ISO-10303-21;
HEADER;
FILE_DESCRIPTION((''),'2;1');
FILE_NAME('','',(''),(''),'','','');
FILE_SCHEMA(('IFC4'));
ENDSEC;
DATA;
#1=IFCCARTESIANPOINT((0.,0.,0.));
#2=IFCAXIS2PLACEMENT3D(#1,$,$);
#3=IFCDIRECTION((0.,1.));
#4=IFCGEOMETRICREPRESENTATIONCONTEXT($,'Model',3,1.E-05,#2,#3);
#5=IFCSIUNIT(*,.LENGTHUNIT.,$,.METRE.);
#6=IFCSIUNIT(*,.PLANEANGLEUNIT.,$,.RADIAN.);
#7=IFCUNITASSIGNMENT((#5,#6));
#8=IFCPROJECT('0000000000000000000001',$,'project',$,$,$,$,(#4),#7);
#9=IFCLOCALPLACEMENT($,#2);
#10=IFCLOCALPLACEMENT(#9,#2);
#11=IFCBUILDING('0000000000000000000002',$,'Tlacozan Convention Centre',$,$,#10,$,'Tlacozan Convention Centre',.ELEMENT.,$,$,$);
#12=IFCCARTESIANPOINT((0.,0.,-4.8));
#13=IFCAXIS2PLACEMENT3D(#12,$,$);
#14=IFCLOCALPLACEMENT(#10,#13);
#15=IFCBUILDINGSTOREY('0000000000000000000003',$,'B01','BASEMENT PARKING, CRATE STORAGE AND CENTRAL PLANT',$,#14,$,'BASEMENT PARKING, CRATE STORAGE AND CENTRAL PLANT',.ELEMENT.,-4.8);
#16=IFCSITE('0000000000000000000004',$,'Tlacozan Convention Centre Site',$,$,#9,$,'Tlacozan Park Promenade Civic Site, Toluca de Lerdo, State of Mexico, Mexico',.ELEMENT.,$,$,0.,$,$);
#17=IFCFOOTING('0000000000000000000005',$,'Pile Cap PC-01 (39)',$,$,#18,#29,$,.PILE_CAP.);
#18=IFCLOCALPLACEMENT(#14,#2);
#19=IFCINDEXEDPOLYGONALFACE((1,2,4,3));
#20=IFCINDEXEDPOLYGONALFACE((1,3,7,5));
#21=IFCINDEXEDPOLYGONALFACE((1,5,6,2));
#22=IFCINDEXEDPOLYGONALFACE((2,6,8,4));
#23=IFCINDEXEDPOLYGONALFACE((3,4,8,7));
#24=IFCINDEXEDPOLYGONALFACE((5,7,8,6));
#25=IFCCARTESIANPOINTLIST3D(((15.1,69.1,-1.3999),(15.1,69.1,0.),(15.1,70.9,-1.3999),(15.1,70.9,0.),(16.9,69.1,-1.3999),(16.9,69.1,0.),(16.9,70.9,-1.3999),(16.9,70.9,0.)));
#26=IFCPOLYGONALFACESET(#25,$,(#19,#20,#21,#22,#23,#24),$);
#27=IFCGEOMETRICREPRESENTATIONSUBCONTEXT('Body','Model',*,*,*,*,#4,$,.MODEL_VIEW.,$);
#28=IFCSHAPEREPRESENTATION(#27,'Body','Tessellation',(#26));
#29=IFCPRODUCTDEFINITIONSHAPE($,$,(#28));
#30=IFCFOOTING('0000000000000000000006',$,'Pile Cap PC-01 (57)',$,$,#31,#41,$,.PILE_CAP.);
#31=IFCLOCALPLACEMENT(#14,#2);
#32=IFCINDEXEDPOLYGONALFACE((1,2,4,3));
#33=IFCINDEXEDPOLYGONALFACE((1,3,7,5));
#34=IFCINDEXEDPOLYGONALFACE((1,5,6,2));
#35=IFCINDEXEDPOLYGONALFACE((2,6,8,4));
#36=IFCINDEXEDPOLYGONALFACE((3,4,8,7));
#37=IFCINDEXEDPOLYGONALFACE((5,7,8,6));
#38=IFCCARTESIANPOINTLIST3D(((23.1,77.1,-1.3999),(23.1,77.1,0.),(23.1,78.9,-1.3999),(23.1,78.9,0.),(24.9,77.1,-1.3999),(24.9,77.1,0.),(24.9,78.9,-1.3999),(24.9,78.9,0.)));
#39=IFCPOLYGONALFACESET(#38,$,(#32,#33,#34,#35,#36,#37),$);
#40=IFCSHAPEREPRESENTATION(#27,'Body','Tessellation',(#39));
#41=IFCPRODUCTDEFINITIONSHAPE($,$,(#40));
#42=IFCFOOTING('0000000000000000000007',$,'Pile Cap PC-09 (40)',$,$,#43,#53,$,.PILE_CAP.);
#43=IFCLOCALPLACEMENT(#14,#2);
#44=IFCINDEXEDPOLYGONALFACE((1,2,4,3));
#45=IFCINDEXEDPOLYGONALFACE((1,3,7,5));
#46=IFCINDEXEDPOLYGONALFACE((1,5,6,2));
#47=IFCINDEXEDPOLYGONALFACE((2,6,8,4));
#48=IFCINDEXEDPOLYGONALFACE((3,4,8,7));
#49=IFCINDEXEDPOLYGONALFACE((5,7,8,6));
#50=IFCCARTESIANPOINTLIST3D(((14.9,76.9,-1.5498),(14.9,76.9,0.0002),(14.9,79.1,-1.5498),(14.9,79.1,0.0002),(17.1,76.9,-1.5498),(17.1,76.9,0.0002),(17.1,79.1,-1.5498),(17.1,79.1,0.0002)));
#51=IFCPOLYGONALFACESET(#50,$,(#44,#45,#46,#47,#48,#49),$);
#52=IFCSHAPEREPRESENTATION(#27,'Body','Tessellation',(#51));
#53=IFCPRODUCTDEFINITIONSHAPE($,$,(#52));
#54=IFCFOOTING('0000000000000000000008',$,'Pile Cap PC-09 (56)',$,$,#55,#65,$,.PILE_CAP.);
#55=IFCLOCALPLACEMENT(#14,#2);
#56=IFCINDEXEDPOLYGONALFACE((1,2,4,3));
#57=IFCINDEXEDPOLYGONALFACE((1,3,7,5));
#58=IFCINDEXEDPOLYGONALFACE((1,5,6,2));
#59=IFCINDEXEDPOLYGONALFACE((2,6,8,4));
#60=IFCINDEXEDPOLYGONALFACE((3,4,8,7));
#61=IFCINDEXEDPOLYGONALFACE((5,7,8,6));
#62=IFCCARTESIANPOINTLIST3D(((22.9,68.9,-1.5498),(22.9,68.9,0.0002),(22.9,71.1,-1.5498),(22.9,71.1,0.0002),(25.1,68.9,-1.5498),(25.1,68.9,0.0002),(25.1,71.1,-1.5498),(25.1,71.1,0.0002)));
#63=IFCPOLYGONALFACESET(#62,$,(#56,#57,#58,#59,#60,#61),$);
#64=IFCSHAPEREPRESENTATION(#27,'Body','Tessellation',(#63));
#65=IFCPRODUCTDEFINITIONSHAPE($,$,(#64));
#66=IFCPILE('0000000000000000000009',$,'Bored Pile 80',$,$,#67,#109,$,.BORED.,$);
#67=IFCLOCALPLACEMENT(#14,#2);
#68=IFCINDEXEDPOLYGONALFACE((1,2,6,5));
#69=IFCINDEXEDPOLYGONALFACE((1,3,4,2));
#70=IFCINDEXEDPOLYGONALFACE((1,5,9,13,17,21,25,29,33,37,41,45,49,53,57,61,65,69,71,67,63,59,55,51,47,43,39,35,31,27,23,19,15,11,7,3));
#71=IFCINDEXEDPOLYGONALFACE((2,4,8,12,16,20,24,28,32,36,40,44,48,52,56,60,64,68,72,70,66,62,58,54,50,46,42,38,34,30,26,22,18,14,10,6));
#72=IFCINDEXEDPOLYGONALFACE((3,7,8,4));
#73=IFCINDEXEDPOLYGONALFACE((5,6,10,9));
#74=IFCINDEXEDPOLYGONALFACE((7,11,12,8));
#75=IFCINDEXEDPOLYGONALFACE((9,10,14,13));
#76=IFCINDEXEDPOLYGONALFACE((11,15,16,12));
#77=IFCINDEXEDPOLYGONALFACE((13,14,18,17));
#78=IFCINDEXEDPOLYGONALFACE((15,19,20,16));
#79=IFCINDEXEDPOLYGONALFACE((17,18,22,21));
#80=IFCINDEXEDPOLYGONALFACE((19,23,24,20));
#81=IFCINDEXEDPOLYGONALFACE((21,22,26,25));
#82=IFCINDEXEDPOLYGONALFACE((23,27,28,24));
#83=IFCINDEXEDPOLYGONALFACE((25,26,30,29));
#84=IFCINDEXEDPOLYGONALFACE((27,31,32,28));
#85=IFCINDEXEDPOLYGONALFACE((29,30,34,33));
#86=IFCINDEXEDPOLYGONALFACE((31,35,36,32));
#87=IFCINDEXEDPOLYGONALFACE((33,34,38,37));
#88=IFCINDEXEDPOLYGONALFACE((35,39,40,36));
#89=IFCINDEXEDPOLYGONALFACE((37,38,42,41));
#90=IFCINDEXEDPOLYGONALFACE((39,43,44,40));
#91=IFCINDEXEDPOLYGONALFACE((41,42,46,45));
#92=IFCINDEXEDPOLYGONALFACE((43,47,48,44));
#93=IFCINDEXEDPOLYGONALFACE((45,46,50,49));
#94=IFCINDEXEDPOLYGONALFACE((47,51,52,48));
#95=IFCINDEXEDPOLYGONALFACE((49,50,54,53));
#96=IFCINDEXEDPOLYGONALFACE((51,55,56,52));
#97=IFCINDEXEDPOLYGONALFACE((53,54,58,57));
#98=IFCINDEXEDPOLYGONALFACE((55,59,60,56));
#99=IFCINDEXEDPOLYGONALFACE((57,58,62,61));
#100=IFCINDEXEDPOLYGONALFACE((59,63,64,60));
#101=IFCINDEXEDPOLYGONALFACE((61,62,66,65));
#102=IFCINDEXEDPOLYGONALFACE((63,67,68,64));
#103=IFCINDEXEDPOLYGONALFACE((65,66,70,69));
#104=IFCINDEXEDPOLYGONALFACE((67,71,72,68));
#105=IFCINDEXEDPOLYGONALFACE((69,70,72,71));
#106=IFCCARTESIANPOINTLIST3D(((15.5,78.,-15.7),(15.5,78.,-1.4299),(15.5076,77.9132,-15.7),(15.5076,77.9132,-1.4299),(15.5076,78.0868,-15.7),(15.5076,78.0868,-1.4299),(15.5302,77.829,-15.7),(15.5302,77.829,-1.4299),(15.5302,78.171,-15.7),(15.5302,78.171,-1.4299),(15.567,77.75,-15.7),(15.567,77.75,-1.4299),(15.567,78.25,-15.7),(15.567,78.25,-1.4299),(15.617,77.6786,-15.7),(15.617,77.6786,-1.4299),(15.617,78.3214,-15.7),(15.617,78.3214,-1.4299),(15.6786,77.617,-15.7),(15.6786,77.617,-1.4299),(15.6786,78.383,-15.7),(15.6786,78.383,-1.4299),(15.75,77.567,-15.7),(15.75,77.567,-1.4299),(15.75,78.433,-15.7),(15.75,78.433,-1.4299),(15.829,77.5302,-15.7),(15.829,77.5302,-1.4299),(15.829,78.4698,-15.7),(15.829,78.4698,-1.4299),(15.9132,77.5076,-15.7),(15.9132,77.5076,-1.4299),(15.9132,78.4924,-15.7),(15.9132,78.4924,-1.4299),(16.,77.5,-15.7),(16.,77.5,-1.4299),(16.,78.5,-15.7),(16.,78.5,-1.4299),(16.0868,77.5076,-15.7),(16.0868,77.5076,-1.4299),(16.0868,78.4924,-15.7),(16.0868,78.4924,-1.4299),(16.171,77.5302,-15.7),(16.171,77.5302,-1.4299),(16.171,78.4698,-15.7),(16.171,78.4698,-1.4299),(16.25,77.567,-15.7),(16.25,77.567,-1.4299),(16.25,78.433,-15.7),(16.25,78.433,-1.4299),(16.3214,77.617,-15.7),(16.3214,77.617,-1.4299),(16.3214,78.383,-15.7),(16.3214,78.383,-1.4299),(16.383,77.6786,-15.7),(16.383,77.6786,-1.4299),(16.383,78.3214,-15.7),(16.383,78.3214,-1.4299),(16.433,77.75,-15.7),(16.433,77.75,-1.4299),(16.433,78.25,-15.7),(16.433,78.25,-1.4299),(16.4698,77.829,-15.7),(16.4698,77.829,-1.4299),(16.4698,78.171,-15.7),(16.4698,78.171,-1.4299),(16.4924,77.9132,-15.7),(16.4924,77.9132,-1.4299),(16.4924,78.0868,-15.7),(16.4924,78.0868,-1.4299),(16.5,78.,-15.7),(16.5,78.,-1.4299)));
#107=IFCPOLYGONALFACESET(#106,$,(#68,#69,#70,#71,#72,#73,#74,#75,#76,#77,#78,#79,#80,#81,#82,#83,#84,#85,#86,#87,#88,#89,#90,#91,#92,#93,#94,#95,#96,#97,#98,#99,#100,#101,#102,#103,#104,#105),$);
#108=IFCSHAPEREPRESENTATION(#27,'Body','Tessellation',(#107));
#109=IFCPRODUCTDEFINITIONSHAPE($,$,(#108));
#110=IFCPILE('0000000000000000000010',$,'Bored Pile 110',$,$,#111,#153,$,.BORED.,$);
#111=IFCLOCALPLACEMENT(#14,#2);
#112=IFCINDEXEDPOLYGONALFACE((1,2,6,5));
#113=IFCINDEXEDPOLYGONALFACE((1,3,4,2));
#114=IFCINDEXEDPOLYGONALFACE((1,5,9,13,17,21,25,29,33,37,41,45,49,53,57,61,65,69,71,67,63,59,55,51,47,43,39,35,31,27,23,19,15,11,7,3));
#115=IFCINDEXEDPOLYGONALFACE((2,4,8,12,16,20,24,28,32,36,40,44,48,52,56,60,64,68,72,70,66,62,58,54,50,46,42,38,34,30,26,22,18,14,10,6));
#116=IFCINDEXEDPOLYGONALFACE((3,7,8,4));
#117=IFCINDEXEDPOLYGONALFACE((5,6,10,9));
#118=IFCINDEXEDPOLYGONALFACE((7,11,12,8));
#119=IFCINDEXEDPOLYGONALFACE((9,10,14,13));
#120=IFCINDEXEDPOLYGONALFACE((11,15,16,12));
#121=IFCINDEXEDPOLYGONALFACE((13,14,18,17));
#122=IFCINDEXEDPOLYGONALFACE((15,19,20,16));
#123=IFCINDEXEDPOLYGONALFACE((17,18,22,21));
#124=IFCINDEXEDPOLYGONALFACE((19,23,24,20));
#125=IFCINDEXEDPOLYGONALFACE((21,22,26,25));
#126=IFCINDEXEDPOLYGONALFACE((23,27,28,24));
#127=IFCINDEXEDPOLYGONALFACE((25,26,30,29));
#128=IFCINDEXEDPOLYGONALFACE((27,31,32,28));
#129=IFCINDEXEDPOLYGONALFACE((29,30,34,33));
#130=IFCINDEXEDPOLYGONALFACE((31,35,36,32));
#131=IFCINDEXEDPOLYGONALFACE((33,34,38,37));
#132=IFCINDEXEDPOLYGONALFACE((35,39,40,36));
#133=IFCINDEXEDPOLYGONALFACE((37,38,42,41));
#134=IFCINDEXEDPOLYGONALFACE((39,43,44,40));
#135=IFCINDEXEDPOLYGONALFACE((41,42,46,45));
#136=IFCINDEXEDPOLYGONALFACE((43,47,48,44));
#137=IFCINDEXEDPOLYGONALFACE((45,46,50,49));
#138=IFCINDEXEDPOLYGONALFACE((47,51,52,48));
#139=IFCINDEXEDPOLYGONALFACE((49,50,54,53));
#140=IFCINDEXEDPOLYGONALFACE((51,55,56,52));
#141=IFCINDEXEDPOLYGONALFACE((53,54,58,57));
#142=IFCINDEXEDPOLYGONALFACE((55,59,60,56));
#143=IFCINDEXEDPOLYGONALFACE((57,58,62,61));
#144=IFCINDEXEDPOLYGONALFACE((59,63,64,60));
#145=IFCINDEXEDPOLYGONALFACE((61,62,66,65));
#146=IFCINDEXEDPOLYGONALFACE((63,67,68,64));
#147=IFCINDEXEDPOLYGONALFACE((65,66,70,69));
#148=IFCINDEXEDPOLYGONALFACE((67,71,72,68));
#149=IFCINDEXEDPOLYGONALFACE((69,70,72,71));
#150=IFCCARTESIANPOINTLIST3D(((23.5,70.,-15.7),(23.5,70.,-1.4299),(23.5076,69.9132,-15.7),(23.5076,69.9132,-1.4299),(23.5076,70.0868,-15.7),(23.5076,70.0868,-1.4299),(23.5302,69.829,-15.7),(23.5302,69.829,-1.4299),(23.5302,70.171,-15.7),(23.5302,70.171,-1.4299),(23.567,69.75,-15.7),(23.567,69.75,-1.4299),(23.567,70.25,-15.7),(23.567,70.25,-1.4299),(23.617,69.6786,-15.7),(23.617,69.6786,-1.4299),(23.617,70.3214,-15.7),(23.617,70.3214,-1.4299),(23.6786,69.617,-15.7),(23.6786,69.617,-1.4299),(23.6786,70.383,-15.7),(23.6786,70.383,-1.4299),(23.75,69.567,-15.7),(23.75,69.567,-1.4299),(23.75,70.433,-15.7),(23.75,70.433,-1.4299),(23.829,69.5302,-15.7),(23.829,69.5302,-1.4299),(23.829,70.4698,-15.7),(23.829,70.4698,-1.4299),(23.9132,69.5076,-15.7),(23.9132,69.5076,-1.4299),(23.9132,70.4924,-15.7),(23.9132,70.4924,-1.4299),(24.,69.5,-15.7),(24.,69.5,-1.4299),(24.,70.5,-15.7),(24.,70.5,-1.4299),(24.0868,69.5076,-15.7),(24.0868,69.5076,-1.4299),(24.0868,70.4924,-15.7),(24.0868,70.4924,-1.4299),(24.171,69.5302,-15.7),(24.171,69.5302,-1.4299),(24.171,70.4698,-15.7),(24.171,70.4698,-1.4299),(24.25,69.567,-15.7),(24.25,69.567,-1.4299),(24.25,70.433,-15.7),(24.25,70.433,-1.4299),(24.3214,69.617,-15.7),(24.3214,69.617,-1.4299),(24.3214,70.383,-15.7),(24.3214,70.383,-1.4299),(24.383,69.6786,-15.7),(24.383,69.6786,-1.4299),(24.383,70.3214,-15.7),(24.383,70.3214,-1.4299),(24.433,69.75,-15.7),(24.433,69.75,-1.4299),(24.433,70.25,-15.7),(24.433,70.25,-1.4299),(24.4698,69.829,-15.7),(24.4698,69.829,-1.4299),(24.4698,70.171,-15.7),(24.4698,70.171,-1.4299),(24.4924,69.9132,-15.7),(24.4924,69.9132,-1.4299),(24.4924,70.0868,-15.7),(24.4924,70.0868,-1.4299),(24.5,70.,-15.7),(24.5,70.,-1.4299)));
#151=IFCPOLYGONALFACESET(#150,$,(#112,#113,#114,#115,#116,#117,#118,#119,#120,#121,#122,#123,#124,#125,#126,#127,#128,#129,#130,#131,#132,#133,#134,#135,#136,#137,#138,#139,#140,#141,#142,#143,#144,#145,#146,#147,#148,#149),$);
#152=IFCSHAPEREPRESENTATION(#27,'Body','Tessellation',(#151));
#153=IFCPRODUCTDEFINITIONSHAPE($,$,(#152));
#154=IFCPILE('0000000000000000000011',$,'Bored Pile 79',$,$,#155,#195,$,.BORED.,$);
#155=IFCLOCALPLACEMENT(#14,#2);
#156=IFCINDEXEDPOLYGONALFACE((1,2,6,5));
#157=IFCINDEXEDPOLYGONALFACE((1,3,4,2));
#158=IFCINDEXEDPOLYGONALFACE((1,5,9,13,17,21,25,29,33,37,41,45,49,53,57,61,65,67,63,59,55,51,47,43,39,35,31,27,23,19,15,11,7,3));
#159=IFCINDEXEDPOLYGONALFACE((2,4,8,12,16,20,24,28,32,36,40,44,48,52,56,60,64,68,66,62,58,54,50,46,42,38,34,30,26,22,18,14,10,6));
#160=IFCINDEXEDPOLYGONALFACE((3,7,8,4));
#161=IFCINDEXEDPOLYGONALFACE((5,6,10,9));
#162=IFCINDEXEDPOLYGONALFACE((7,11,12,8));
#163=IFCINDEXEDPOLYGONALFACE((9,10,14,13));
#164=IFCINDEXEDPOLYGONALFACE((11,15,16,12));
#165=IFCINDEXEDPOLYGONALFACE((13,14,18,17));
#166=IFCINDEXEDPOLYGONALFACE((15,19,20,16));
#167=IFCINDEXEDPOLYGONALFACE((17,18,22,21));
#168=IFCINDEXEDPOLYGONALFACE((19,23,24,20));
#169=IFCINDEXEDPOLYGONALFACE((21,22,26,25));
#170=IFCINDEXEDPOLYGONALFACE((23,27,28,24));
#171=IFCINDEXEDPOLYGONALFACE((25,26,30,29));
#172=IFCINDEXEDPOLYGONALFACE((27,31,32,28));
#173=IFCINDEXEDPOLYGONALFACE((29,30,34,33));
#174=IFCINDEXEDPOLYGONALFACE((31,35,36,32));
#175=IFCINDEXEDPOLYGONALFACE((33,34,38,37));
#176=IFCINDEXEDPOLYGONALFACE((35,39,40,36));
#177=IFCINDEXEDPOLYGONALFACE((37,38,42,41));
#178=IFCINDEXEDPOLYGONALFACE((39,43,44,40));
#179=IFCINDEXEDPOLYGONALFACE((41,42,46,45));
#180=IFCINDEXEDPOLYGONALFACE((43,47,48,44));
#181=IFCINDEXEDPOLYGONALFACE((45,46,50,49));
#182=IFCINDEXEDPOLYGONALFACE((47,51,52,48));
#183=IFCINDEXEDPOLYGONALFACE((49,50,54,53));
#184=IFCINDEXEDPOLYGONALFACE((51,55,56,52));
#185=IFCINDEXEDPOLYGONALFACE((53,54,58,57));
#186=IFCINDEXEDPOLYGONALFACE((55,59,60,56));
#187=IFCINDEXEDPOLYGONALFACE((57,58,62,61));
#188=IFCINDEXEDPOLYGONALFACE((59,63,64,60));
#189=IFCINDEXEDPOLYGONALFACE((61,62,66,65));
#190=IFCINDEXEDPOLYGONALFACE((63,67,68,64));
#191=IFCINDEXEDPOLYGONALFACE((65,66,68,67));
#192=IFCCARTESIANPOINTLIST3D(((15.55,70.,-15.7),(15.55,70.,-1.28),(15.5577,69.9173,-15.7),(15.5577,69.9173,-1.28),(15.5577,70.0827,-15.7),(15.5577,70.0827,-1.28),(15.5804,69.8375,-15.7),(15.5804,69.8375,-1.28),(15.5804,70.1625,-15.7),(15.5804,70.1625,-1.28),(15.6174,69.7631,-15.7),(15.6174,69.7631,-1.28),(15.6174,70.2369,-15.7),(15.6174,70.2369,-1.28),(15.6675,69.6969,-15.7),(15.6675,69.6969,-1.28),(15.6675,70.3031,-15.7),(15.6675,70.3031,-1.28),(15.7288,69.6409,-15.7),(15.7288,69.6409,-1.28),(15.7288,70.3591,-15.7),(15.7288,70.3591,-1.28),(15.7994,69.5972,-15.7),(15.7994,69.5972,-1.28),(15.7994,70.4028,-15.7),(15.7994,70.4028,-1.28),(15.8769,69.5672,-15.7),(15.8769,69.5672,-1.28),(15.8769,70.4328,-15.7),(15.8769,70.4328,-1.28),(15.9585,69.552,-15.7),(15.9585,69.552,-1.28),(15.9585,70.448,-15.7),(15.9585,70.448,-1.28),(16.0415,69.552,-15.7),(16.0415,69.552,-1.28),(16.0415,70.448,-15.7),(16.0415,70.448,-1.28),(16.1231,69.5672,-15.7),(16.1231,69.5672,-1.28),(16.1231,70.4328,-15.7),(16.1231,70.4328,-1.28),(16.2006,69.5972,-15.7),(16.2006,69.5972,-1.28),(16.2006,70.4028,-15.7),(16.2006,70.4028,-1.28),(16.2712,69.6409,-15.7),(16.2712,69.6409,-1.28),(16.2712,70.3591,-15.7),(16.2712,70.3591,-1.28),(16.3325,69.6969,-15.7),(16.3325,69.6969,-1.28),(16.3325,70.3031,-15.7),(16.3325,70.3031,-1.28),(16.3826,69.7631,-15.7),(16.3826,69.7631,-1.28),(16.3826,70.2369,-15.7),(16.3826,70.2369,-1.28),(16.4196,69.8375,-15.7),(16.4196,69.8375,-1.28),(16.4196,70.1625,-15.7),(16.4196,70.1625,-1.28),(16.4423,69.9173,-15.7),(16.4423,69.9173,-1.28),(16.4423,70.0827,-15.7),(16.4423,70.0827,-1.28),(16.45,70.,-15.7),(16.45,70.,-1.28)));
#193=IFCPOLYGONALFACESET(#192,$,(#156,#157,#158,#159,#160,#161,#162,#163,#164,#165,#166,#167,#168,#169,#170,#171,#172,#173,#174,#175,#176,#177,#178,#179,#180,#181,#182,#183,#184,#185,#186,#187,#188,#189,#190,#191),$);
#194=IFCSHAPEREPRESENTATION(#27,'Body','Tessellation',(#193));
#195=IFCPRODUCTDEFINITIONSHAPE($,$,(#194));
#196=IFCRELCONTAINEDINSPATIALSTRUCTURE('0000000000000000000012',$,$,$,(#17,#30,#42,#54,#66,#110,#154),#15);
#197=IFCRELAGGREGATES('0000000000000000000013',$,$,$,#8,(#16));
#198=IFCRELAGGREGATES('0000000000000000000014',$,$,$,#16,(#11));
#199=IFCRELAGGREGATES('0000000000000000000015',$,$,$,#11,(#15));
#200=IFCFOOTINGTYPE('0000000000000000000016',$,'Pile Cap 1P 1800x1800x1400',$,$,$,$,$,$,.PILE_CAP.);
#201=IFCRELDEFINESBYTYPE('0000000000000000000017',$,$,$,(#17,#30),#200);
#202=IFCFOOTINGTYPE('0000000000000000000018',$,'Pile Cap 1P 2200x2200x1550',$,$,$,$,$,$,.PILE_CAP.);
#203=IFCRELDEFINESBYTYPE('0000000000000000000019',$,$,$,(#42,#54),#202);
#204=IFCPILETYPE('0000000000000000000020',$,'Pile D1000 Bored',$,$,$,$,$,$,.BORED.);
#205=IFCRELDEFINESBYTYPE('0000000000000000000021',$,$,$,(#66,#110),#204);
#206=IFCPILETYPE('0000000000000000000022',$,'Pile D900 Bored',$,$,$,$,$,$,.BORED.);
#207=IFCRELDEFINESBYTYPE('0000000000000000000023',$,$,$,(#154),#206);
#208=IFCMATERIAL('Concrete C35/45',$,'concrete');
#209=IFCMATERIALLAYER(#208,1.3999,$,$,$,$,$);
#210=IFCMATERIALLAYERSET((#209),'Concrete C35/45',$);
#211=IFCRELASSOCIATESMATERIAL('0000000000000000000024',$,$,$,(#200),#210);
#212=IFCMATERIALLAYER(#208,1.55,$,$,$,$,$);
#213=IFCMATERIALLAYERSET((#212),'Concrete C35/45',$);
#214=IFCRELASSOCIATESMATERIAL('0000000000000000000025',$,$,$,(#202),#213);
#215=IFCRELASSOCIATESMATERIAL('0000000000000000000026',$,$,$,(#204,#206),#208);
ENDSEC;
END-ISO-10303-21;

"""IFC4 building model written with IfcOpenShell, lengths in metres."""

from ifc_helpers import new_model, si_unit, direction, frame, origin, origin_2d, place, context, subcontext, project, spatial, rectangle, circle, extrude, material, layer, layer_set, material_profile, profile_set, type_object, element, save


model = new_model("IFC4")

# Units and contexts
model_context = context("Model", 3, precision=1e-05, world=origin(), true_north=direction((0.0, 1.0)))
body_context = subcontext(model_context, "Body", "Model", "MODEL_VIEW")
ifc_project = project(units=[si_unit("LENGTHUNIT", "METRE"), si_unit("PLANEANGLEUNIT", "RADIAN")], contexts=[model_context])

# Site, building, storey
site_placement = place(None, origin())
site = spatial("IfcSite", under=ifc_project, at=site_placement, Name="Tlacozan Convention Centre Site", LongName="Tlacozan Park Promenade Civic Site, Toluca de Lerdo, State of Mexico, Mexico", CompositionType="ELEMENT", RefElevation=0.0)
building_placement = place(site_placement, origin())
building = spatial("IfcBuilding", under=site, at=building_placement, Name="Tlacozan Convention Centre", LongName="Tlacozan Convention Centre", CompositionType="ELEMENT")
storey_placement = place(building_placement, frame((0.0, 0.0, -4.8)))
storey = spatial("IfcBuildingStorey", under=building, at=storey_placement, Name="B01", Description="BASEMENT PARKING, CRATE STORAGE AND CENTRAL PLANT", LongName="BASEMENT PARKING, CRATE STORAGE AND CENTRAL PLANT", CompositionType="ELEMENT", Elevation=-4.8)

# Footings
ifc_material_1 = material(Name="Concrete C35/45", Category="concrete")
ifc_layer_1 = layer(ifc_material_1, 1.3999)
ifc_layer_set_1 = layer_set([ifc_layer_1], Name="Concrete C35/45")
footing_type_1 = type_object("IfcFootingType", Name="Pile Cap 1P 1800x1800x1400", PredefinedType="PILE_CAP", material=ifc_layer_set_1)
for number, where, z_axis, x_axis, name in (
    (1, (16.0, 70.0, -1.3999), (0.0, 0.0, 1.0), (1.0, 0.0, 0.0), "Pile Cap PC-01 (39)"),
    (2, (24.0, 78.0, -1.3999), (0.0, 0.0, 1.0), (1.0, 0.0, 0.0), "Pile Cap PC-01 (57)"),
):
    element("IfcFooting", number, at=place(storey_placement, frame(where, z_axis=z_axis, x_axis=x_axis)), inside=storey, type_object=footing_type_1, Name=name, PredefinedType="PILE_CAP", context=body_context, shape_type="SweptSolid", body=[
        extrude(rectangle(XDim=1.8, YDim=1.8, at=origin_2d()), origin(), (0.0, 0.0, 1.0), 1.3999),
    ])
ifc_layer_2 = layer(ifc_material_1, 1.55)
ifc_layer_set_2 = layer_set([ifc_layer_2], Name="Concrete C35/45")
footing_type_2 = type_object("IfcFootingType", Name="Pile Cap 1P 2200x2200x1550", PredefinedType="PILE_CAP", material=ifc_layer_set_2)
for number, where, z_axis, x_axis, name in (
    (3, (16.0, 78.0, -1.5498), (0.0, 0.0, 1.0), (1.0, 0.0, 0.0), "Pile Cap PC-09 (40)"),
    (4, (24.0, 70.0, -1.5498), (0.0, 0.0, 1.0), (1.0, 0.0, 0.0), "Pile Cap PC-09 (56)"),
):
    element("IfcFooting", number, at=place(storey_placement, frame(where, z_axis=z_axis, x_axis=x_axis)), inside=storey, type_object=footing_type_2, Name=name, PredefinedType="PILE_CAP", context=body_context, shape_type="SweptSolid", body=[
        extrude(rectangle(XDim=2.2, YDim=2.2, at=origin_2d()), origin(), (0.0, 0.0, 1.0), 1.55),
    ])

# Piles
ifc_material_profile_1 = material_profile(ifc_material_1, circle(Radius=0.5, at=origin_2d()), Name="PILE D1000")
ifc_profile_set_1 = profile_set([ifc_material_profile_1], Name="Concrete C35/45")
pile_type_1 = type_object("IfcPileType", Name="Pile D1000 Bored", PredefinedType="BORED", material=ifc_profile_set_1)
for number, where, z_axis, x_axis, name in (
    (5, (16.0, 78.0, -1.4299), (0.0, 0.0, -1.0), (1.0, 0.0, 0.0), "Bored Pile 80"),
    (6, (24.0, 70.0, -1.4299), (0.0, 0.0, -1.0), (1.0, 0.0, 0.0), "Bored Pile 110"),
):
    element("IfcPile", number, at=place(storey_placement, frame(where, z_axis=z_axis, x_axis=x_axis)), inside=storey, type_object=pile_type_1, Name=name, PredefinedType="BORED", context=body_context, shape_type="SweptSolid", body=[
        extrude(circle(Radius=0.5, at=origin_2d()), origin(), (0.0, 0.0, 1.0), 14.27),
    ])
ifc_material_profile_2 = material_profile(ifc_material_1, circle(Radius=0.45, at=origin_2d()), Name="PILE D900")
ifc_profile_set_2 = profile_set([ifc_material_profile_2], Name="Concrete C35/45")
pile_type_2 = type_object("IfcPileType", Name="Pile D900 Bored", PredefinedType="BORED", material=ifc_profile_set_2)
for number, where, z_axis, x_axis, name in (
    (7, (16.0, 70.0, -1.28), (0.0, 0.0, -1.0), (1.0, 0.0, 0.0), "Bored Pile 79"),
):
    element("IfcPile", number, at=place(storey_placement, frame(where, z_axis=z_axis, x_axis=x_axis)), inside=storey, type_object=pile_type_2, Name=name, PredefinedType="BORED", context=body_context, shape_type="SweptSolid", body=[
        extrude(circle(Radius=0.45, at=origin_2d()), origin(), (0.0, 0.0, 1.0), 14.4199),
    ])

save(model, "model.ifc")
